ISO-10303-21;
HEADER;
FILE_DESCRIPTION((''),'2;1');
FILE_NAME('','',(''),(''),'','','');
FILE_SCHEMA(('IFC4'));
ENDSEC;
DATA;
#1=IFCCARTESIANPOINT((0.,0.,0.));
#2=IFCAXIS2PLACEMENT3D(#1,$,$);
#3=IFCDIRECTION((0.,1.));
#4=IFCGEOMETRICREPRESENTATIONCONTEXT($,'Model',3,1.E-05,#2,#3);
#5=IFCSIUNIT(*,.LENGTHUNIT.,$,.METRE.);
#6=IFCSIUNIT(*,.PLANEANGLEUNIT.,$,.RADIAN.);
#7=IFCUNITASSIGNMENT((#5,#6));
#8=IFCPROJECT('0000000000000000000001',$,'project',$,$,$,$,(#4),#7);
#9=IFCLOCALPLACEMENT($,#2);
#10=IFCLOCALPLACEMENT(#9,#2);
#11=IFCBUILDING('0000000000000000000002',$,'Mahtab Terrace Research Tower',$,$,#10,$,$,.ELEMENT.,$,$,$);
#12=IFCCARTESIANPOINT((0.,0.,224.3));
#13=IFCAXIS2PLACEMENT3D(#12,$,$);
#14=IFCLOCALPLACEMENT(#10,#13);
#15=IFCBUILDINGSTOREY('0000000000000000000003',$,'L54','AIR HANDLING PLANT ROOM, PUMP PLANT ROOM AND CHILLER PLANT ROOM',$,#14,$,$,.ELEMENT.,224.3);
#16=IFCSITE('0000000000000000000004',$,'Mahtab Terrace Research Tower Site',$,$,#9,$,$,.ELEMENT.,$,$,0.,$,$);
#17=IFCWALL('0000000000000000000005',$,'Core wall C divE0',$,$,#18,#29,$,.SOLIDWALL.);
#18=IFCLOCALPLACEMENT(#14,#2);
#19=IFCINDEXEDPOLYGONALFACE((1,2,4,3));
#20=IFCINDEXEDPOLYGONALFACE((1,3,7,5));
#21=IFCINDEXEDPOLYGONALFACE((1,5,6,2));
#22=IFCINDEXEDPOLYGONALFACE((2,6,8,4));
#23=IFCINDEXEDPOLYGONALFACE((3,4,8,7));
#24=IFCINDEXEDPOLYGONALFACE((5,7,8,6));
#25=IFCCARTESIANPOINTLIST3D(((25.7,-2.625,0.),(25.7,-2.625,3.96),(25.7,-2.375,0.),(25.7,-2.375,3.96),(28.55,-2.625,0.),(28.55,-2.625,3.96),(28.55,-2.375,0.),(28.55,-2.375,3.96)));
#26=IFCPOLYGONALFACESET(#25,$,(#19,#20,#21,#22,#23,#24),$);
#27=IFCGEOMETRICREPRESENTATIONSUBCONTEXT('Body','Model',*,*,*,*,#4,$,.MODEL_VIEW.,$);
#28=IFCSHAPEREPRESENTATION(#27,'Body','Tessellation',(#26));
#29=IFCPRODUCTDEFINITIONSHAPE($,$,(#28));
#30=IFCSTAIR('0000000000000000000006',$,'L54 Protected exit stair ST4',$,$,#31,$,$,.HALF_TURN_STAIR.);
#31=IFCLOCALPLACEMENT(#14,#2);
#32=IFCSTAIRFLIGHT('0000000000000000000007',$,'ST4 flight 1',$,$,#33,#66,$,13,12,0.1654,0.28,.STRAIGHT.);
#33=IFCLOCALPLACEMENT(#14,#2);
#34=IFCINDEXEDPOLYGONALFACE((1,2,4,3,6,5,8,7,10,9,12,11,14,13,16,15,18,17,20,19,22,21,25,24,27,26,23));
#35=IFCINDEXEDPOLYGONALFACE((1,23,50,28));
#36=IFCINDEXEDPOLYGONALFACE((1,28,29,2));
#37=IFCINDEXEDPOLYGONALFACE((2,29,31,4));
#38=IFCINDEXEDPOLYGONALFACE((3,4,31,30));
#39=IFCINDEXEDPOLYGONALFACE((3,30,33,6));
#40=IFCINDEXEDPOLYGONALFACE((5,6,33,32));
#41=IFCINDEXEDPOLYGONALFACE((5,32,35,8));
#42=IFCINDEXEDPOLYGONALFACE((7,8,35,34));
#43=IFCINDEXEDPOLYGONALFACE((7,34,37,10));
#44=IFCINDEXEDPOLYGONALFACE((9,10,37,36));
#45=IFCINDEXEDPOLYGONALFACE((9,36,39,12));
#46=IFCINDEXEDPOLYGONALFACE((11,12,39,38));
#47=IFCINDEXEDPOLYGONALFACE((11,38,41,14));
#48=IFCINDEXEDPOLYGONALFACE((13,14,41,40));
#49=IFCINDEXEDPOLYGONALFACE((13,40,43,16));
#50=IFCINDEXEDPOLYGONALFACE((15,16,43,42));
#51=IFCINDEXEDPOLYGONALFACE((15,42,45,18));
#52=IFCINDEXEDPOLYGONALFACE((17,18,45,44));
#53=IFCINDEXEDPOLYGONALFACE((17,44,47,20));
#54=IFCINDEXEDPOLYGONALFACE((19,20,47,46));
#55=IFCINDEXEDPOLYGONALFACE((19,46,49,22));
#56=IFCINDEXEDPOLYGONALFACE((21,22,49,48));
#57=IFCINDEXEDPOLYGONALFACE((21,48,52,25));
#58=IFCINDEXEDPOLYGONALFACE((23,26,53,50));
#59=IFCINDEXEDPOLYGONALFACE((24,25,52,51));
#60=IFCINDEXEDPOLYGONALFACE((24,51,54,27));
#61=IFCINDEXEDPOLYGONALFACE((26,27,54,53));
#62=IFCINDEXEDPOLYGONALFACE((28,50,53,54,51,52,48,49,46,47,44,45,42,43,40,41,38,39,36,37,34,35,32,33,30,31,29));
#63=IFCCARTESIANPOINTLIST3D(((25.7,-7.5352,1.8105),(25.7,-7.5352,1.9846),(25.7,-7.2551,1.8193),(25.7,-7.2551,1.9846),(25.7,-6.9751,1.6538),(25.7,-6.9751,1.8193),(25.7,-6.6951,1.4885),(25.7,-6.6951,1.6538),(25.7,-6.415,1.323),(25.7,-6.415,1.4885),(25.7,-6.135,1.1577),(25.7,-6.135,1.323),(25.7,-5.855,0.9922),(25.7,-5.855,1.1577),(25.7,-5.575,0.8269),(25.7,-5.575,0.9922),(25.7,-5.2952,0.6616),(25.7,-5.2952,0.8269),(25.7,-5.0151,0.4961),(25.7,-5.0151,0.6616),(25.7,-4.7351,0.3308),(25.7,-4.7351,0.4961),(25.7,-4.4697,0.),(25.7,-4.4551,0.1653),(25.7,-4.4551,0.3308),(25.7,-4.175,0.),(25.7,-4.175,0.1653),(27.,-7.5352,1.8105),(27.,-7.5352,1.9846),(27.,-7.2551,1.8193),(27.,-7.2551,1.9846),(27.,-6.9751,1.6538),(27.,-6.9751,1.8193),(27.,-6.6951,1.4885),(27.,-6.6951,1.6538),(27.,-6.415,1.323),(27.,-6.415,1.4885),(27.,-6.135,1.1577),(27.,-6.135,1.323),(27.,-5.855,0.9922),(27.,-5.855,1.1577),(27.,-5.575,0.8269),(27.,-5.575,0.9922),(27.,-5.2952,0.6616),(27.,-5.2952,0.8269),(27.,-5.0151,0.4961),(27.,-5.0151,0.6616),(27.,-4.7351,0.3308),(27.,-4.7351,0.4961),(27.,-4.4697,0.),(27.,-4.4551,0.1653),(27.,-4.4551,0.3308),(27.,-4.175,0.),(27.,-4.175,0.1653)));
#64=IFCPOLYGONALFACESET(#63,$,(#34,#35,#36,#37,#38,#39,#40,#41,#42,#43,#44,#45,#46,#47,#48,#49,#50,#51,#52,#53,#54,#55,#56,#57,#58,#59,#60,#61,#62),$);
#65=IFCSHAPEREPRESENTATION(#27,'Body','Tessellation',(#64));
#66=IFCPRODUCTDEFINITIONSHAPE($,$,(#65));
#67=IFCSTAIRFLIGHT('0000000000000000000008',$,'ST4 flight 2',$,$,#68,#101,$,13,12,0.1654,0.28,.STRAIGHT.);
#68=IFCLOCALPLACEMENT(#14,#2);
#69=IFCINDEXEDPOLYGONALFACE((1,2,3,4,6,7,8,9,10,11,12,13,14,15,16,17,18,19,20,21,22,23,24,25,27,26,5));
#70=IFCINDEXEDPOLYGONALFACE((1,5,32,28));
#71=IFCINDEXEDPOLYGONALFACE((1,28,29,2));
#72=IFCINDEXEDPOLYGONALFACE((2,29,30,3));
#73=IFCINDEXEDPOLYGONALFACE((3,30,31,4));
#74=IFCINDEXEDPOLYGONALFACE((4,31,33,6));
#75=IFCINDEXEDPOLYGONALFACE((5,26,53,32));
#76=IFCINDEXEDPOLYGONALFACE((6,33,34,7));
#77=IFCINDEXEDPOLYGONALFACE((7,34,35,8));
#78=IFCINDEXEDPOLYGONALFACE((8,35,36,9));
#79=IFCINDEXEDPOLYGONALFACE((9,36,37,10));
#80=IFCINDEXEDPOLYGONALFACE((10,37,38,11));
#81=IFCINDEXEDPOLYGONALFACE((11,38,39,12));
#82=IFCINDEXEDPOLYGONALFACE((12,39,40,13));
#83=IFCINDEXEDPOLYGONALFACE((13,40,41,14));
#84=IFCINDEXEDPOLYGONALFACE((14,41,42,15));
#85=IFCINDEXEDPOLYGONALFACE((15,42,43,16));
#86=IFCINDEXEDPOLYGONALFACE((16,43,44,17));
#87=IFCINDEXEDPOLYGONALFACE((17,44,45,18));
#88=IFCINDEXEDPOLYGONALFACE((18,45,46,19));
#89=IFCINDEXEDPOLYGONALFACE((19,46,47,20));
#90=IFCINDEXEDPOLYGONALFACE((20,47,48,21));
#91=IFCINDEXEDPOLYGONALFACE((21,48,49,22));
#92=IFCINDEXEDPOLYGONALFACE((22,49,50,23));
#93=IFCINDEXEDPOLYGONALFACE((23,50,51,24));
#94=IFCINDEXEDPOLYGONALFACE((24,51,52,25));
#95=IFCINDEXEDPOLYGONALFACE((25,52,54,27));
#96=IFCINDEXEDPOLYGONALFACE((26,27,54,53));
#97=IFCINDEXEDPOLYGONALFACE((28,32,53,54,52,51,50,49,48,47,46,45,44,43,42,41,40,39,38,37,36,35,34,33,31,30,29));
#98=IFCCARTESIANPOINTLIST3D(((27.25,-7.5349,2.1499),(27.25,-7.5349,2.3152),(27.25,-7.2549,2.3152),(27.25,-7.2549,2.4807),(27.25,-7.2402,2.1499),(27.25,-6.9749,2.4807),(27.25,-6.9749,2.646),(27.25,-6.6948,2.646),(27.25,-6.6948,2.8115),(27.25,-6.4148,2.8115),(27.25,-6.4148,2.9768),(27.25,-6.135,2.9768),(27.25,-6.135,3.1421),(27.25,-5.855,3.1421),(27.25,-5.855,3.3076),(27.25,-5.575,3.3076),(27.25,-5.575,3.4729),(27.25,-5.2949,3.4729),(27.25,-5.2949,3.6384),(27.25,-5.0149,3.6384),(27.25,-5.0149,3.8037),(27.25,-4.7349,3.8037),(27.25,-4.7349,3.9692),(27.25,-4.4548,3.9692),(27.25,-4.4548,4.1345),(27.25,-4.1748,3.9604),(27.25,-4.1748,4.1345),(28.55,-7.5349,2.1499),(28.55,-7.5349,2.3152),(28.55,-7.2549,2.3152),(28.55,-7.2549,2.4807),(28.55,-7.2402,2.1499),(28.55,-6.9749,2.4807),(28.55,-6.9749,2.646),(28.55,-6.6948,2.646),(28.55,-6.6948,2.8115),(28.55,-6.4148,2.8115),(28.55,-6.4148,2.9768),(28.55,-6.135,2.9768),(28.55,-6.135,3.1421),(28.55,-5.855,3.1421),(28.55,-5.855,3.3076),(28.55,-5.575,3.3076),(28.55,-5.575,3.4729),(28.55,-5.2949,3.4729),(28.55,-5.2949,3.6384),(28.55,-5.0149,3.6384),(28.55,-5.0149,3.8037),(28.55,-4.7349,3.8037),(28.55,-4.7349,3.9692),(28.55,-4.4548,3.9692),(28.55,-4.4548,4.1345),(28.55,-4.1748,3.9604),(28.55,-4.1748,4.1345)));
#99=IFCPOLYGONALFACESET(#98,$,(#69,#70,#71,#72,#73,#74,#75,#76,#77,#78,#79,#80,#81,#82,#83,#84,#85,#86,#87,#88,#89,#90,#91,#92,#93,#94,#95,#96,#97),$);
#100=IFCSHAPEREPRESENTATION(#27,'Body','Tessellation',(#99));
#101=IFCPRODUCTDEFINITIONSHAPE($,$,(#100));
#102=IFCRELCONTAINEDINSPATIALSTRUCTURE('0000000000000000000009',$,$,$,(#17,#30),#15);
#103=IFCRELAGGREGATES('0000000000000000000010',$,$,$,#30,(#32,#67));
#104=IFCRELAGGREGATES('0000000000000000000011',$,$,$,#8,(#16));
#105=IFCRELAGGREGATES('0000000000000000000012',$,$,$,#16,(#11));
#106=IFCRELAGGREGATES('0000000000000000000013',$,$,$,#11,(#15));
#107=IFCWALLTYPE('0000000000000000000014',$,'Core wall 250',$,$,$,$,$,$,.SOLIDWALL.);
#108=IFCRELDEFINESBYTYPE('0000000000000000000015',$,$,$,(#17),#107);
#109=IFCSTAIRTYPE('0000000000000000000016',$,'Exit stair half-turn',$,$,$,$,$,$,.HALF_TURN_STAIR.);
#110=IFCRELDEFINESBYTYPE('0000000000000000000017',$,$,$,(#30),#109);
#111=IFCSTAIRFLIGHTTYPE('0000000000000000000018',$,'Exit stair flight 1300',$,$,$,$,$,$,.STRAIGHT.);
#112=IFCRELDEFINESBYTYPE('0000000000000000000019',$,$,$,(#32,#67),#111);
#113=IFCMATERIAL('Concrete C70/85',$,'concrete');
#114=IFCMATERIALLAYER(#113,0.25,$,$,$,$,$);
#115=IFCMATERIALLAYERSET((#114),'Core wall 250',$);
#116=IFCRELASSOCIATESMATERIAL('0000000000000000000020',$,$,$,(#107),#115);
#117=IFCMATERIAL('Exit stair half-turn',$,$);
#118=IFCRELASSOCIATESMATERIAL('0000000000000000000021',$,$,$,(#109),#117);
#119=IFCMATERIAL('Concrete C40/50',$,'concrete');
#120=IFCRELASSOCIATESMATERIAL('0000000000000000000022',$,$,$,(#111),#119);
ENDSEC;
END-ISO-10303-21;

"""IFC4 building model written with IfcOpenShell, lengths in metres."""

from ifc_helpers import new_model, si_unit, direction, frame, frame_2d, origin, place, context, subcontext, project, spatial, polyline, rectangle, outline, extrude, material, layer, layer_set, type_object, element, aggregate, save


model = new_model("IFC4")

# Units and contexts
model_context = context("Model", 3, precision=1e-05, world=origin(), true_north=direction((0.0, 1.0)))
body_context = subcontext(model_context, "Body", "Model", "MODEL_VIEW")
ifc_project = project(units=[si_unit("LENGTHUNIT", "METRE"), si_unit("PLANEANGLEUNIT", "RADIAN")], contexts=[model_context])

# Site, building, storey
site_placement = place(None, origin())
site = spatial("IfcSite", under=ifc_project, at=site_placement, Name="Mahtab Terrace Research Tower Site", CompositionType="ELEMENT", RefElevation=0.0)
building_placement = place(site_placement, origin())
building = spatial("IfcBuilding", under=site, at=building_placement, Name="Mahtab Terrace Research Tower", CompositionType="ELEMENT")
storey_placement = place(building_placement, frame((0.0, 0.0, 224.3)))
storey = spatial("IfcBuildingStorey", under=building, at=storey_placement, Name="L54", Description="AIR HANDLING PLANT ROOM, PUMP PLANT ROOM AND CHILLER PLANT ROOM", CompositionType="ELEMENT", Elevation=224.3)

# Shared definitions
ifc_material_1 = material(Name="Concrete C70/85", Category="concrete")

# Shared definitions
ifc_layer_1 = layer(ifc_material_1, 0.25)
ifc_layer_set_1 = layer_set([ifc_layer_1], Name="Core wall 250")
wall_type = type_object("IfcWallType", Name="Core wall 250", PredefinedType="SOLIDWALL", material=ifc_layer_set_1)

# Wall
wall_1_placement = place(storey_placement, frame((25.7, -2.5, 0.0), z_axis=(0.0, 0.0, 1.0), x_axis=(1.0, 0.0, 0.0)))
element("IfcWall", 1, at=wall_1_placement, inside=storey, type_object=wall_type, Name="Core wall C divE0", PredefinedType="SOLIDWALL", context=body_context, shape_type="SweptSolid", body=[
    extrude(rectangle(XDim=2.8501, YDim=0.25, at=frame_2d((1.425, 0.0))), origin(), (0.0, 0.0, 1.0), 3.96),
])

# Stair, stair flights
ifc_material_2 = material(Name="Exit stair half-turn")
stair_type = type_object("IfcStairType", Name="Exit stair half-turn", PredefinedType="HALF_TURN_STAIR", material=ifc_material_2)
stair_placement = place(storey_placement, origin())
stair = element("IfcStair", 2, at=stair_placement, inside=storey, type_object=stair_type, Name="L54 Protected exit stair ST4", PredefinedType="HALF_TURN_STAIR")
ifc_material_3 = material(Name="Concrete C40/50", Category="concrete")
stair_flight_type = type_object("IfcStairFlightType", Name="Exit stair flight 1300", PredefinedType="STRAIGHT", material=ifc_material_3)
stair_flight_1_placement = place(storey_placement, frame((26.3501, -4.175, 0.0), z_axis=(0.0, 0.0, 1.0), x_axis=(0.0, -1.0, 0.0)))
stair_flight_1 = element("IfcStairFlight", 3, at=stair_flight_1_placement, type_object=stair_flight_type, Name="ST4 flight 1", NumberOfRisers=13, NumberOfTreads=12, PredefinedType="STRAIGHT", RiserHeight=0.1654, TreadLength=0.28, context=body_context, shape_type="SweptSolid", body=[
    extrude(outline(polyline([(0.0, 0.0), (0.0, 0.1653), (0.28, 0.1653), (0.28, 0.3308), (0.5601, 0.3308), (0.5601, 0.4961), (0.8401, 0.4961), (0.8401, 0.6616), (1.1201, 0.6616), (1.1201, 0.8269), (1.3999, 0.8269), (1.3999, 0.9922), (1.6799, 0.9922), (1.6799, 1.1577), (1.96, 1.1577), (1.96, 1.323), (2.24, 1.323), (2.24, 1.4885), (2.52, 1.4885), (2.52, 1.6538), (2.8, 1.6538), (2.8, 1.8193), (3.0801, 1.8193), (3.0801, 1.9846), (3.3601, 1.9846), (3.3601, 2.1499), (3.3601, 1.8105), (0.2947, 0.0), (0.0, 0.0)])), frame((0.0, 0.6499, 0.0), z_axis=(0.0, -1.0, 0.0), x_axis=(1.0, 0.0, 0.0)), (0.0, 0.0, 1.0), 1.3),
])
stair_flight_2_placement = place(storey_placement, frame((27.8999, -7.5349, 2.1499), z_axis=(0.0, 0.0, 1.0), x_axis=(0.0, 1.0, 0.0)))
stair_flight_2 = element("IfcStairFlight", 4, at=stair_flight_2_placement, type_object=stair_flight_type, Name="ST4 flight 2", NumberOfRisers=13, NumberOfTreads=12, PredefinedType="STRAIGHT", RiserHeight=0.1654, TreadLength=0.28, context=body_context, shape_type="SweptSolid", body=[
    extrude(outline(polyline([(0.0, 0.0), (0.0, 0.1653), (0.28, 0.1653), (0.28, 0.3308), (0.5601, 0.3308), (0.5601, 0.4961), (0.8401, 0.4961), (0.8401, 0.6616), (1.1201, 0.6616), (1.1201, 0.8269), (1.3999, 0.8269), (1.3999, 0.9922), (1.6799, 0.9922), (1.6799, 1.1577), (1.96, 1.1577), (1.96, 1.323), (2.24, 1.323), (2.24, 1.4885), (2.52, 1.4885), (2.52, 1.6538), (2.8, 1.6538), (2.8, 1.8193), (3.0801, 1.8193), (3.0801, 1.9846), (3.3601, 1.9846), (3.3601, 2.1499), (3.3601, 1.8105), (0.2947, 0.0), (0.0, 0.0)])), frame((0.0, 0.6499, 0.0), z_axis=(0.0, -1.0, 0.0), x_axis=(1.0, 0.0, 0.0)), (0.0, 0.0, 1.0), 1.3),
])
aggregate(stair, [stair_flight_1, stair_flight_2])

save(model, "model.ifc")
